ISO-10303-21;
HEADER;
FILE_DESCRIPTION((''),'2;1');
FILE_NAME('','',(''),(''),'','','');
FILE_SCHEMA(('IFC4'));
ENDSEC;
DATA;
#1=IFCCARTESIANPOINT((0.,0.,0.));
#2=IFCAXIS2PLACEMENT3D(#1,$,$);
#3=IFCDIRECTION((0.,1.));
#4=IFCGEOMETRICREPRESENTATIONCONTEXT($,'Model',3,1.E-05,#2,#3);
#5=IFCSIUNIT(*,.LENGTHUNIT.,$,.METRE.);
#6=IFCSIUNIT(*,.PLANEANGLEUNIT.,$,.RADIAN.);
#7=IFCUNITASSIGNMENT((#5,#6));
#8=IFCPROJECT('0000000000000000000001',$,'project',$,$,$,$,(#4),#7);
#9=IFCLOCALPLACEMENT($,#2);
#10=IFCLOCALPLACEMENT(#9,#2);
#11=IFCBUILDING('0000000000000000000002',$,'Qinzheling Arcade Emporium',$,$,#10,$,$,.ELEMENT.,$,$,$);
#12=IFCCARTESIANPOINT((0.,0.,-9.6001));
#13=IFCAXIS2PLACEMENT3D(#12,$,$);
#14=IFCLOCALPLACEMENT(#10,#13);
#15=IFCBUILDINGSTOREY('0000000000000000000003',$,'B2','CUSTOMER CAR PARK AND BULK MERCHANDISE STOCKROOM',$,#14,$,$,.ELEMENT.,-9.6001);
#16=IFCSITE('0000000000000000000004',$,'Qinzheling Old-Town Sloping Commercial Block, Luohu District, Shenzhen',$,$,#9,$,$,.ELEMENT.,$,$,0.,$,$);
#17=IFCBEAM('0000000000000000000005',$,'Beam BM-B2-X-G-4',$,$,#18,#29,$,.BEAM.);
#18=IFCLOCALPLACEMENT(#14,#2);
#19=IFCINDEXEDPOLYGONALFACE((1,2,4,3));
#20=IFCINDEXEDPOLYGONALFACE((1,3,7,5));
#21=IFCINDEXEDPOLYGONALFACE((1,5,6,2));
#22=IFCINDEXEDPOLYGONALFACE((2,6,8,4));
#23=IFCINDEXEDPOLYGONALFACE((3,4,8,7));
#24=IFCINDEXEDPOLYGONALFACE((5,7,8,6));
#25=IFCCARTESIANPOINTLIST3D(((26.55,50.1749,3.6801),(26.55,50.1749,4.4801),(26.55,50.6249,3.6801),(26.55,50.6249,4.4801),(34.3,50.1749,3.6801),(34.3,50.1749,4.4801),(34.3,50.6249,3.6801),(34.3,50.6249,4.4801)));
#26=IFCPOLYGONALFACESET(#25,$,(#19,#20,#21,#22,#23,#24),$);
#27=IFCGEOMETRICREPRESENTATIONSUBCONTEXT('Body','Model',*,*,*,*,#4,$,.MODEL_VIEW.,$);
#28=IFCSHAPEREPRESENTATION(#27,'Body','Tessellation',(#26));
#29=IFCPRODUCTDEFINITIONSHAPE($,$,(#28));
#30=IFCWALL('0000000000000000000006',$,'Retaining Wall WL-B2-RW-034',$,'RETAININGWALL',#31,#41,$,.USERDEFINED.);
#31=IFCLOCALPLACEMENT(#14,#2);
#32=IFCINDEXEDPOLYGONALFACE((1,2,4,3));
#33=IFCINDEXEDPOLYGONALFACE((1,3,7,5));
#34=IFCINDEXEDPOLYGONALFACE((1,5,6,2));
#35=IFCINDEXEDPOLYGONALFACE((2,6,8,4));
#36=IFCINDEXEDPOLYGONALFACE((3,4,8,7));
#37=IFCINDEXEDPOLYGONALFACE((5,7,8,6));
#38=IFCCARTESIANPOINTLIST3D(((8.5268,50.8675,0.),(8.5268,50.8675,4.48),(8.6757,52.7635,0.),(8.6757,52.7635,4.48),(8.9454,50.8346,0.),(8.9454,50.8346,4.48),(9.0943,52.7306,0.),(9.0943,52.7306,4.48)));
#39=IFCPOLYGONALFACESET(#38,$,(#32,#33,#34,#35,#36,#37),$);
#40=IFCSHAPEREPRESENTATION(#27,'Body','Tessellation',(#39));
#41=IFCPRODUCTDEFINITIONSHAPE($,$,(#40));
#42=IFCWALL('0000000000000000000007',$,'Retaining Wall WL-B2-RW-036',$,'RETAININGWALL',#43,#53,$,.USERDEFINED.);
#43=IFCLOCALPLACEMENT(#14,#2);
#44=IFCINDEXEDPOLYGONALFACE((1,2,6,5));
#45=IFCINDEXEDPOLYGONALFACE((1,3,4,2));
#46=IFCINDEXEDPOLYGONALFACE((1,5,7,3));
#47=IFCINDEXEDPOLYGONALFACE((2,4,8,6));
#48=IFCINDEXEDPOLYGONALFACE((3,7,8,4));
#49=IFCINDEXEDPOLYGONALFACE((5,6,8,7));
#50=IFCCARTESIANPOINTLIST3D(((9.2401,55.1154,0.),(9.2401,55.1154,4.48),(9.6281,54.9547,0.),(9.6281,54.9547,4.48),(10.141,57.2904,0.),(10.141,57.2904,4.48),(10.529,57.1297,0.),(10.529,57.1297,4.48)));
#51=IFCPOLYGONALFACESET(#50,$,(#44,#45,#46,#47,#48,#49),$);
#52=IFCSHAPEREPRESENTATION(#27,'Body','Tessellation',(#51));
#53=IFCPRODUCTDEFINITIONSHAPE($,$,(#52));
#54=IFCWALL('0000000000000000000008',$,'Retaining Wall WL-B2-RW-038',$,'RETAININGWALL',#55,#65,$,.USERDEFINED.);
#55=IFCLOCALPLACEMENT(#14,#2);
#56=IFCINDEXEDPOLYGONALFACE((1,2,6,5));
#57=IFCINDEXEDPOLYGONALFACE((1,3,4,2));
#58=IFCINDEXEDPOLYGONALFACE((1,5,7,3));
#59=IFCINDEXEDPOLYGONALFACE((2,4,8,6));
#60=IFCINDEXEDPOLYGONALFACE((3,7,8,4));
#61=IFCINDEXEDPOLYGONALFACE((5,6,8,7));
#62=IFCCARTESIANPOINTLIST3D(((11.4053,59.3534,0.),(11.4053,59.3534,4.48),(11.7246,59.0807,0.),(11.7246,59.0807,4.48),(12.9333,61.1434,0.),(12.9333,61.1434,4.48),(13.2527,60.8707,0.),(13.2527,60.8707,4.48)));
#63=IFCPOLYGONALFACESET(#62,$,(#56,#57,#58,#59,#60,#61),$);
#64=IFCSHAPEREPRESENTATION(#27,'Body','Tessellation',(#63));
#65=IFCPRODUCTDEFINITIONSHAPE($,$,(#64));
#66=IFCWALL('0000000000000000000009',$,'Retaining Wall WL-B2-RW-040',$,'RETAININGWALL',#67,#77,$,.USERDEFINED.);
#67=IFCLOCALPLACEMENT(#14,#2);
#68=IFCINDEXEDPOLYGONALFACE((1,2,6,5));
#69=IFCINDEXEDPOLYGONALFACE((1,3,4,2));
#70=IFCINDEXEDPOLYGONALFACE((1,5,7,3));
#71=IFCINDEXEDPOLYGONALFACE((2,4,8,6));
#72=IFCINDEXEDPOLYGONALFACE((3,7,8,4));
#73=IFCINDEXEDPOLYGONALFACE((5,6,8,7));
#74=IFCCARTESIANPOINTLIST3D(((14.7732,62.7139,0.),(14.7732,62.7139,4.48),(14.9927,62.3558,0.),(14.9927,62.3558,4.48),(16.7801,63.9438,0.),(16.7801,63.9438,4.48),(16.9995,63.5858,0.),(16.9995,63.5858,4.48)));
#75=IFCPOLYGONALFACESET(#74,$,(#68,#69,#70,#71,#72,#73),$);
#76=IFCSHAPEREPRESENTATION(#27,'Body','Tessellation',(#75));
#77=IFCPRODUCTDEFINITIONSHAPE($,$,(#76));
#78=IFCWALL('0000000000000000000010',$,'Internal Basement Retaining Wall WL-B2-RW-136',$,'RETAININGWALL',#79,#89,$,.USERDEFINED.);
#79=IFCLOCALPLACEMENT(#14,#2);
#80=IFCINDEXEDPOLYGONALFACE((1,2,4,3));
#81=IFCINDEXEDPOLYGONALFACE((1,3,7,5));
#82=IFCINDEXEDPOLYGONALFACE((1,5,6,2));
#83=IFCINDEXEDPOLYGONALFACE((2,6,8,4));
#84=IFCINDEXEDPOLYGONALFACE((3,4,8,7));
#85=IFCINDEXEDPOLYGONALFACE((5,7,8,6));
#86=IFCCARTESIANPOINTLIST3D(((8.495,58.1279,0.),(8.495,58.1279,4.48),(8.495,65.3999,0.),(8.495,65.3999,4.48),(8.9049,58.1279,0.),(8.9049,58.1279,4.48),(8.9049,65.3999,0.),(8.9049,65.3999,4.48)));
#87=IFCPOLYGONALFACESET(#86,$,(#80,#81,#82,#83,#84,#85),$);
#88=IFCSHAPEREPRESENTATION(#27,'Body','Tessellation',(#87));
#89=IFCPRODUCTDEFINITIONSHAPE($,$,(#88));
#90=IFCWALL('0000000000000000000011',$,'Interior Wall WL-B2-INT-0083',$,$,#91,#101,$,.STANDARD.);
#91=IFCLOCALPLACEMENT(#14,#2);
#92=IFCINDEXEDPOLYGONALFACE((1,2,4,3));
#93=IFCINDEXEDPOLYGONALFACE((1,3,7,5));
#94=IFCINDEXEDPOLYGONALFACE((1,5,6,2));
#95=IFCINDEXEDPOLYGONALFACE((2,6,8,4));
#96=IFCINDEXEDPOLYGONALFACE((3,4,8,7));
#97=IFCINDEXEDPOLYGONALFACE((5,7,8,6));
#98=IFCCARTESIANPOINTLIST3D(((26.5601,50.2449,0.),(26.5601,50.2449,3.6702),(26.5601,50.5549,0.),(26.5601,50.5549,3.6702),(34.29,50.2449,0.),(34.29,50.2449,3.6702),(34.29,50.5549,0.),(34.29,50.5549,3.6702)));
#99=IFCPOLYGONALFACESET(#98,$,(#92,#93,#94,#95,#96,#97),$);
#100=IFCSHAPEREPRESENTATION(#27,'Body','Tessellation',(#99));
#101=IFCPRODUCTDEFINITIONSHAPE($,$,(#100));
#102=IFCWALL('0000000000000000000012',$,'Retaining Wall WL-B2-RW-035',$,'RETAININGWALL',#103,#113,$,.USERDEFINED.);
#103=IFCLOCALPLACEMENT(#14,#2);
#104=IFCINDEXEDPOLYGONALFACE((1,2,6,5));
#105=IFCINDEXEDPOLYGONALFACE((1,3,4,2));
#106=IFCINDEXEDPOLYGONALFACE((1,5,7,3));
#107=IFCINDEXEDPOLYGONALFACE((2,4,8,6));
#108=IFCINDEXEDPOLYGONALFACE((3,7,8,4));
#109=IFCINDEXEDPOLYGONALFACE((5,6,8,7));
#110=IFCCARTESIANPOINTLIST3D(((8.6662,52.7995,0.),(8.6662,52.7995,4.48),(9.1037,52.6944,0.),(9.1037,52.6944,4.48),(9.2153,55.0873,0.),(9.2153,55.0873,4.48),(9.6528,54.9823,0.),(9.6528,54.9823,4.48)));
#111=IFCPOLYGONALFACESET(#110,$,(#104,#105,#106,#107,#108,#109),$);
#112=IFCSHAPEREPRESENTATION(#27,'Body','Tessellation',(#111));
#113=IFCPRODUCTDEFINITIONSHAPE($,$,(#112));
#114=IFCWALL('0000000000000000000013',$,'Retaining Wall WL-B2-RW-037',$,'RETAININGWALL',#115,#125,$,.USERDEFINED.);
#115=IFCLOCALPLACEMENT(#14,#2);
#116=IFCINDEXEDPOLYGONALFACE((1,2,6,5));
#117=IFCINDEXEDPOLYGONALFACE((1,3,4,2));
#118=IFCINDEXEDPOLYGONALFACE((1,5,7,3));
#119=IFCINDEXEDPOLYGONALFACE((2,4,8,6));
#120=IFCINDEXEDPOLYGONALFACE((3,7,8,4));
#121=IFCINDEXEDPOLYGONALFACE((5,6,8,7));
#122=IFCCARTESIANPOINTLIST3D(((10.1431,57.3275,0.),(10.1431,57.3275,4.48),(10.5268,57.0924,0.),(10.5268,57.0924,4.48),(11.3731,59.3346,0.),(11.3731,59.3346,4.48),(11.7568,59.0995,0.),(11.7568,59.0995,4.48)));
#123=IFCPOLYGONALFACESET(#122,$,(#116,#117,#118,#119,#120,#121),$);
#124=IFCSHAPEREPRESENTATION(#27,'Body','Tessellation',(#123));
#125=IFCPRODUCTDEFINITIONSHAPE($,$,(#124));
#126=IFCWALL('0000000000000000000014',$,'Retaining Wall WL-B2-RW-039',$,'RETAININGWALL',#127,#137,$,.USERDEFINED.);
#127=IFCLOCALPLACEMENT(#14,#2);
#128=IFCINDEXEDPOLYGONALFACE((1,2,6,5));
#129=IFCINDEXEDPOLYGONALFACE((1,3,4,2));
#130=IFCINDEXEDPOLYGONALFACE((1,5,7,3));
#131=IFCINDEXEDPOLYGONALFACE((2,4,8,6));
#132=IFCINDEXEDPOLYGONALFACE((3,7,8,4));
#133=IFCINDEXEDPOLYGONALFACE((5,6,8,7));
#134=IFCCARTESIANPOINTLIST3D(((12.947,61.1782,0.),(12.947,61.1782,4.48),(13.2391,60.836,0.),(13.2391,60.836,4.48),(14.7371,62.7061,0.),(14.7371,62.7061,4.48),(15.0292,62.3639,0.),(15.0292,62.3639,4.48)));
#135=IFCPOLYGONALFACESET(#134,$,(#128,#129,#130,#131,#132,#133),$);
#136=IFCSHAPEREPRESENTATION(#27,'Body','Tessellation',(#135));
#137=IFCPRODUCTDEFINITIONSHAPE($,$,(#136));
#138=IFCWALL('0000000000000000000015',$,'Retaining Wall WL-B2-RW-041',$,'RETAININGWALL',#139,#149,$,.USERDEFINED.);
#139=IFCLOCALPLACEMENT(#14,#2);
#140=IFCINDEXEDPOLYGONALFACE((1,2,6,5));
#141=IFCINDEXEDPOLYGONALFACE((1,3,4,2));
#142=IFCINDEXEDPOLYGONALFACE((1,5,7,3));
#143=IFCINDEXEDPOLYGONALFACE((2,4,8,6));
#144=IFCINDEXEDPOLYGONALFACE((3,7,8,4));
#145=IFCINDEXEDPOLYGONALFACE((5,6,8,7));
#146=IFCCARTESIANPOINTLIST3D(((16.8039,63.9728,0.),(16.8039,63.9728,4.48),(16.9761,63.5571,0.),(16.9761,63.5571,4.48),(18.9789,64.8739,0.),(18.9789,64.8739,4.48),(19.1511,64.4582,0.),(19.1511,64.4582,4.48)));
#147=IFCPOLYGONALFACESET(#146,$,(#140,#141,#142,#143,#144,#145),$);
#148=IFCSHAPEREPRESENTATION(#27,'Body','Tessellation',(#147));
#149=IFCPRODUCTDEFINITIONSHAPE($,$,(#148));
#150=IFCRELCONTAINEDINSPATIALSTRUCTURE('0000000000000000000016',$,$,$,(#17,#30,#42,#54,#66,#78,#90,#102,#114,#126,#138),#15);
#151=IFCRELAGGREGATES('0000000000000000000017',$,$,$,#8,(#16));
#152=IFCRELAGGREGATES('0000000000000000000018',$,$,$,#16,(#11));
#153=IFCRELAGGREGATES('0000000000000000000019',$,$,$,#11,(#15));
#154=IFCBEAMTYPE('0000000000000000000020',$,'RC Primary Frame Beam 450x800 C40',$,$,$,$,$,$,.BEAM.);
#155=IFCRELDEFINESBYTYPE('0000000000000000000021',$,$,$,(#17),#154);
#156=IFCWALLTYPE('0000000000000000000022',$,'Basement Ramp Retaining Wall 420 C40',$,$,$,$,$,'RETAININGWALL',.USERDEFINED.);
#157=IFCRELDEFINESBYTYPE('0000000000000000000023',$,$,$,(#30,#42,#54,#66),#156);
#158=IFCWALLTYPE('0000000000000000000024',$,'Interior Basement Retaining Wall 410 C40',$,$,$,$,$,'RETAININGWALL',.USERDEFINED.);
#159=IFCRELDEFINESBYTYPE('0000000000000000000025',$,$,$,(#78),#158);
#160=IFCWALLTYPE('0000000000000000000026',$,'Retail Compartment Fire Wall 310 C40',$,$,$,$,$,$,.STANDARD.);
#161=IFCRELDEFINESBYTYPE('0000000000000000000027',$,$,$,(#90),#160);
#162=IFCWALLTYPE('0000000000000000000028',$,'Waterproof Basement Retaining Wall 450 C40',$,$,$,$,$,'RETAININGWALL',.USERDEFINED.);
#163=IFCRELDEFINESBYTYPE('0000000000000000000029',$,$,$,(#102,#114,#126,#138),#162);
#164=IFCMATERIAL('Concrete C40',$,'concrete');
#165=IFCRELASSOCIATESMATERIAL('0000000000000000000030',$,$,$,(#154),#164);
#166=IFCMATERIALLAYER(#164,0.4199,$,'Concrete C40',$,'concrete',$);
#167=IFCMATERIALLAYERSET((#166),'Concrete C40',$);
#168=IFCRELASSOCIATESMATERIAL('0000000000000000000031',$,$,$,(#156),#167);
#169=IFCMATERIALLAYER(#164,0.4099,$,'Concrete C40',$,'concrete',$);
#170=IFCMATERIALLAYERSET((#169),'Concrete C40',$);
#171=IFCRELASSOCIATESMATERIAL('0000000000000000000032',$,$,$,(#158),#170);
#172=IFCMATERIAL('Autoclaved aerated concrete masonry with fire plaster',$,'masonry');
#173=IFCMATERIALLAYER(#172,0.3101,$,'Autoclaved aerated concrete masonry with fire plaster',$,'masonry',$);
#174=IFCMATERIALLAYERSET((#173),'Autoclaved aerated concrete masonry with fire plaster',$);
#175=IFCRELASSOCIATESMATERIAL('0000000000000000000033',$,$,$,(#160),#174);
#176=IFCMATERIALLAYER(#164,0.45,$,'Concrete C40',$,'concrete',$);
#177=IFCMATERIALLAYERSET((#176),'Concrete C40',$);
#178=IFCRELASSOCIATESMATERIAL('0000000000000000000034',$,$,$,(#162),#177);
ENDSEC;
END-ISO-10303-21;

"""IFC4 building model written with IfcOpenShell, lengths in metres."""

from ifc_helpers import new_model, si_unit, direction, frame, frame_2d, origin, origin_2d, place, context, subcontext, project, spatial, rectangle, extrude, material, layer, layer_set, material_profile, profile_set, type_object, element, save


model = new_model("IFC4")

# Units and contexts
model_context = context("Model", 3, precision=1e-05, world=origin(), true_north=direction((0.0, 1.0)))
body_context = subcontext(model_context, "Body", "Model", "MODEL_VIEW")
ifc_project = project(units=[si_unit("LENGTHUNIT", "METRE"), si_unit("PLANEANGLEUNIT", "RADIAN")], contexts=[model_context])

# Site, building, storey
site_placement = place(None, origin())
site = spatial("IfcSite", under=ifc_project, at=site_placement, Name="Qinzheling Old-Town Sloping Commercial Block, Luohu District, Shenzhen", CompositionType="ELEMENT", RefElevation=0.0)
building_placement = place(site_placement, origin())
building = spatial("IfcBuilding", under=site, at=building_placement, Name="Qinzheling Arcade Emporium", CompositionType="ELEMENT")
storey_placement = place(building_placement, frame((0.0, 0.0, -9.6001)))
storey = spatial("IfcBuildingStorey", under=building, at=storey_placement, Name="B2", Description="CUSTOMER CAR PARK AND BULK MERCHANDISE STOCKROOM", CompositionType="ELEMENT", Elevation=-9.6001)

# Shared definitions
ifc_material_1 = material(Name="Concrete C40", Category="concrete")

# Beam
ifc_material_profile_1 = material_profile(ifc_material_1, rectangle(XDim=0.45, YDim=0.8, at=origin_2d()), Name="RC 450x800", Category="concrete")
ifc_profile_set_1 = profile_set([ifc_material_profile_1], Name="Concrete C40")
beam_type_1 = type_object("IfcBeamType", Name="RC Primary Frame Beam 450x800 C40", PredefinedType="BEAM", material=ifc_profile_set_1)
beam_1_placement = place(storey_placement, frame((26.55, 50.3999, 4.0801), z_axis=(1.0, 0.0, 0.0), x_axis=(0.0, 1.0, 0.0)))
element("IfcBeam", 1, at=beam_1_placement, inside=storey, type_object=beam_type_1, Name="Beam BM-B2-X-G-4", PredefinedType="BEAM", context=body_context, shape_type="SweptSolid", body=[
    extrude(rectangle(XDim=0.45, YDim=0.8, at=origin_2d()), origin(), (0.0, 0.0, 1.0), 7.75),
])

# Walls
ifc_layer_1 = layer(ifc_material_1, 0.4199, Name="Concrete C40", Category="concrete")
ifc_layer_set_1 = layer_set([ifc_layer_1], Name="Concrete C40")
wall_type_1 = type_object("IfcWallType", Name="Basement Ramp Retaining Wall 420 C40", ElementType="RETAININGWALL", PredefinedType="USERDEFINED", material=ifc_layer_set_1)
wall_1_placement = place(storey_placement, frame((8.7361, 50.8511, 0.0), z_axis=(0.0, 0.0, 1.0), x_axis=(0.078306, 0.996929, 0.0)))
element("IfcWall", 2, at=wall_1_placement, inside=storey, type_object=wall_type_1, Name="Retaining Wall WL-B2-RW-034", ObjectType="RETAININGWALL", PredefinedType="USERDEFINED", context=body_context, shape_type="SweptSolid", body=[
    extrude(rectangle(XDim=1.9019, YDim=0.4199, at=frame_2d((0.9509, 0.0))), origin(), (0.0, 0.0, 1.0), 4.48),
])
wall_2_placement = place(storey_placement, frame((9.4341, 55.0349, 0.0), z_axis=(0.0, 0.0, 1.0), x_axis=(0.382663, 0.923888, 0.0)))
element("IfcWall", 3, at=wall_2_placement, inside=storey, type_object=wall_type_1, Name="Retaining Wall WL-B2-RW-036", ObjectType="RETAININGWALL", PredefinedType="USERDEFINED", context=body_context, shape_type="SweptSolid", body=[
    extrude(rectangle(XDim=2.3542, YDim=0.4199, at=frame_2d((1.1772, 0.0))), origin(), (0.0, 0.0, 1.0), 4.48),
])
wall_3_placement = place(storey_placement, frame((11.5649, 59.217, 0.0), z_axis=(0.0, 0.0, 1.0), x_axis=(0.649261, 0.760566, 0.0)))
element("IfcWall", 4, at=wall_3_placement, inside=storey, type_object=wall_type_1, Name="Retaining Wall WL-B2-RW-038", ObjectType="RETAININGWALL", PredefinedType="USERDEFINED", context=body_context, shape_type="SweptSolid", body=[
    extrude(rectangle(XDim=2.3535, YDim=0.4199, at=frame_2d((1.1768, 0.0))), origin(), (0.0, 0.0, 1.0), 4.48),
])
wall_4_placement = place(storey_placement, frame((14.8831, 62.5349, 0.0), z_axis=(0.0, 0.0, 1.0), x_axis=(0.852604, 0.522557, 0.0)))
element("IfcWall", 5, at=wall_4_placement, inside=storey, type_object=wall_type_1, Name="Retaining Wall WL-B2-RW-040", ObjectType="RETAININGWALL", PredefinedType="USERDEFINED", context=body_context, shape_type="SweptSolid", body=[
    extrude(rectangle(XDim=2.3538, YDim=0.4199, at=frame_2d((1.1768, 0.0))), origin(), (0.0, 0.0, 1.0), 4.48),
])
ifc_layer_2 = layer(ifc_material_1, 0.4099, Name="Concrete C40", Category="concrete")
ifc_layer_set_2 = layer_set([ifc_layer_2], Name="Concrete C40")
wall_type_2 = type_object("IfcWallType", Name="Interior Basement Retaining Wall 410 C40", ElementType="RETAININGWALL", PredefinedType="USERDEFINED", material=ifc_layer_set_2)
wall_5_placement = place(storey_placement, frame((8.7, 58.1279, 0.0), z_axis=(0.0, 0.0, 1.0), x_axis=(0.0, 1.0, 0.0)))
element("IfcWall", 6, at=wall_5_placement, inside=storey, type_object=wall_type_2, Name="Internal Basement Retaining Wall WL-B2-RW-136", ObjectType="RETAININGWALL", PredefinedType="USERDEFINED", context=body_context, shape_type="SweptSolid", body=[
    extrude(rectangle(XDim=7.272, YDim=0.4099, at=frame_2d((3.636, 0.0))), origin(), (0.0, 0.0, 1.0), 4.48),
])
ifc_material_2 = material(Name="Autoclaved aerated concrete masonry with fire plaster", Category="masonry")
ifc_layer_3 = layer(ifc_material_2, 0.3101, Name="Autoclaved aerated concrete masonry with fire plaster", Category="masonry")
ifc_layer_set_3 = layer_set([ifc_layer_3], Name="Autoclaved aerated concrete masonry with fire plaster")
wall_type_3 = type_object("IfcWallType", Name="Retail Compartment Fire Wall 310 C40", PredefinedType="STANDARD", material=ifc_layer_set_3)
wall_6_placement = place(storey_placement, frame((26.5601, 50.3999, 0.0), z_axis=(0.0, 0.0, 1.0), x_axis=(1.0, 0.0, 0.0)))
element("IfcWall", 7, at=wall_6_placement, inside=storey, type_object=wall_type_3, Name="Interior Wall WL-B2-INT-0083", PredefinedType="STANDARD", context=body_context, shape_type="SweptSolid", body=[
    extrude(rectangle(XDim=7.73, YDim=0.3101, at=frame_2d((3.865, 0.0))), origin(), (0.0, 0.0, 1.0), 3.6702),
])
ifc_layer_4 = layer(ifc_material_1, 0.45, Name="Concrete C40", Category="concrete")
ifc_layer_set_4 = layer_set([ifc_layer_4], Name="Concrete C40")
wall_type_4 = type_object("IfcWallType", Name="Waterproof Basement Retaining Wall 450 C40", ElementType="RETAININGWALL", PredefinedType="USERDEFINED", material=ifc_layer_set_4)
wall_7_placement = place(storey_placement, frame((8.885, 52.7471, 0.0), z_axis=(0.0, 0.0, 1.0), x_axis=(0.233369, 0.972388, 0.0)))
element("IfcWall", 8, at=wall_7_placement, inside=storey, type_object=wall_type_4, Name="Retaining Wall WL-B2-RW-035", ObjectType="RETAININGWALL", PredefinedType="USERDEFINED", context=body_context, shape_type="SweptSolid", body=[
    extrude(rectangle(XDim=2.3528, YDim=0.45, at=frame_2d((1.1763, 0.0))), origin(), (0.0, 0.0, 1.0), 4.48),
])
wall_8_placement = place(storey_placement, frame((10.335, 57.21, 0.0), z_axis=(0.0, 0.0, 1.0), x_axis=(0.522511, 0.852633, 0.0)))
element("IfcWall", 9, at=wall_8_placement, inside=storey, type_object=wall_type_4, Name="Retaining Wall WL-B2-RW-037", ObjectType="RETAININGWALL", PredefinedType="USERDEFINED", context=body_context, shape_type="SweptSolid", body=[
    extrude(rectangle(XDim=2.354, YDim=0.45, at=frame_2d((1.177, 0.0))), origin(), (0.0, 0.0, 1.0), 4.48),
])
wall_9_placement = place(storey_placement, frame((13.093, 61.0071, 0.0), z_axis=(0.0, 0.0, 1.0), x_axis=(0.760617, 0.649201, 0.0)))
element("IfcWall", 10, at=wall_9_placement, inside=storey, type_object=wall_type_4, Name="Retaining Wall WL-B2-RW-039", ObjectType="RETAININGWALL", PredefinedType="USERDEFINED", context=body_context, shape_type="SweptSolid", body=[
    extrude(rectangle(XDim=2.3535, YDim=0.45, at=frame_2d((1.1768, 0.0))), origin(), (0.0, 0.0, 1.0), 4.48),
])
wall_10_placement = place(storey_placement, frame((16.8899, 63.7649, 0.0), z_axis=(0.0, 0.0, 1.0), x_axis=(0.923851, 0.382752, 0.0)))
element("IfcWall", 11, at=wall_10_placement, inside=storey, type_object=wall_type_4, Name="Retaining Wall WL-B2-RW-041", ObjectType="RETAININGWALL", PredefinedType="USERDEFINED", context=body_context, shape_type="SweptSolid", body=[
    extrude(rectangle(XDim=2.3542, YDim=0.45, at=frame_2d((1.1772, 0.0))), origin(), (0.0, 0.0, 1.0), 4.48),
])

save(model, "model.ifc")
